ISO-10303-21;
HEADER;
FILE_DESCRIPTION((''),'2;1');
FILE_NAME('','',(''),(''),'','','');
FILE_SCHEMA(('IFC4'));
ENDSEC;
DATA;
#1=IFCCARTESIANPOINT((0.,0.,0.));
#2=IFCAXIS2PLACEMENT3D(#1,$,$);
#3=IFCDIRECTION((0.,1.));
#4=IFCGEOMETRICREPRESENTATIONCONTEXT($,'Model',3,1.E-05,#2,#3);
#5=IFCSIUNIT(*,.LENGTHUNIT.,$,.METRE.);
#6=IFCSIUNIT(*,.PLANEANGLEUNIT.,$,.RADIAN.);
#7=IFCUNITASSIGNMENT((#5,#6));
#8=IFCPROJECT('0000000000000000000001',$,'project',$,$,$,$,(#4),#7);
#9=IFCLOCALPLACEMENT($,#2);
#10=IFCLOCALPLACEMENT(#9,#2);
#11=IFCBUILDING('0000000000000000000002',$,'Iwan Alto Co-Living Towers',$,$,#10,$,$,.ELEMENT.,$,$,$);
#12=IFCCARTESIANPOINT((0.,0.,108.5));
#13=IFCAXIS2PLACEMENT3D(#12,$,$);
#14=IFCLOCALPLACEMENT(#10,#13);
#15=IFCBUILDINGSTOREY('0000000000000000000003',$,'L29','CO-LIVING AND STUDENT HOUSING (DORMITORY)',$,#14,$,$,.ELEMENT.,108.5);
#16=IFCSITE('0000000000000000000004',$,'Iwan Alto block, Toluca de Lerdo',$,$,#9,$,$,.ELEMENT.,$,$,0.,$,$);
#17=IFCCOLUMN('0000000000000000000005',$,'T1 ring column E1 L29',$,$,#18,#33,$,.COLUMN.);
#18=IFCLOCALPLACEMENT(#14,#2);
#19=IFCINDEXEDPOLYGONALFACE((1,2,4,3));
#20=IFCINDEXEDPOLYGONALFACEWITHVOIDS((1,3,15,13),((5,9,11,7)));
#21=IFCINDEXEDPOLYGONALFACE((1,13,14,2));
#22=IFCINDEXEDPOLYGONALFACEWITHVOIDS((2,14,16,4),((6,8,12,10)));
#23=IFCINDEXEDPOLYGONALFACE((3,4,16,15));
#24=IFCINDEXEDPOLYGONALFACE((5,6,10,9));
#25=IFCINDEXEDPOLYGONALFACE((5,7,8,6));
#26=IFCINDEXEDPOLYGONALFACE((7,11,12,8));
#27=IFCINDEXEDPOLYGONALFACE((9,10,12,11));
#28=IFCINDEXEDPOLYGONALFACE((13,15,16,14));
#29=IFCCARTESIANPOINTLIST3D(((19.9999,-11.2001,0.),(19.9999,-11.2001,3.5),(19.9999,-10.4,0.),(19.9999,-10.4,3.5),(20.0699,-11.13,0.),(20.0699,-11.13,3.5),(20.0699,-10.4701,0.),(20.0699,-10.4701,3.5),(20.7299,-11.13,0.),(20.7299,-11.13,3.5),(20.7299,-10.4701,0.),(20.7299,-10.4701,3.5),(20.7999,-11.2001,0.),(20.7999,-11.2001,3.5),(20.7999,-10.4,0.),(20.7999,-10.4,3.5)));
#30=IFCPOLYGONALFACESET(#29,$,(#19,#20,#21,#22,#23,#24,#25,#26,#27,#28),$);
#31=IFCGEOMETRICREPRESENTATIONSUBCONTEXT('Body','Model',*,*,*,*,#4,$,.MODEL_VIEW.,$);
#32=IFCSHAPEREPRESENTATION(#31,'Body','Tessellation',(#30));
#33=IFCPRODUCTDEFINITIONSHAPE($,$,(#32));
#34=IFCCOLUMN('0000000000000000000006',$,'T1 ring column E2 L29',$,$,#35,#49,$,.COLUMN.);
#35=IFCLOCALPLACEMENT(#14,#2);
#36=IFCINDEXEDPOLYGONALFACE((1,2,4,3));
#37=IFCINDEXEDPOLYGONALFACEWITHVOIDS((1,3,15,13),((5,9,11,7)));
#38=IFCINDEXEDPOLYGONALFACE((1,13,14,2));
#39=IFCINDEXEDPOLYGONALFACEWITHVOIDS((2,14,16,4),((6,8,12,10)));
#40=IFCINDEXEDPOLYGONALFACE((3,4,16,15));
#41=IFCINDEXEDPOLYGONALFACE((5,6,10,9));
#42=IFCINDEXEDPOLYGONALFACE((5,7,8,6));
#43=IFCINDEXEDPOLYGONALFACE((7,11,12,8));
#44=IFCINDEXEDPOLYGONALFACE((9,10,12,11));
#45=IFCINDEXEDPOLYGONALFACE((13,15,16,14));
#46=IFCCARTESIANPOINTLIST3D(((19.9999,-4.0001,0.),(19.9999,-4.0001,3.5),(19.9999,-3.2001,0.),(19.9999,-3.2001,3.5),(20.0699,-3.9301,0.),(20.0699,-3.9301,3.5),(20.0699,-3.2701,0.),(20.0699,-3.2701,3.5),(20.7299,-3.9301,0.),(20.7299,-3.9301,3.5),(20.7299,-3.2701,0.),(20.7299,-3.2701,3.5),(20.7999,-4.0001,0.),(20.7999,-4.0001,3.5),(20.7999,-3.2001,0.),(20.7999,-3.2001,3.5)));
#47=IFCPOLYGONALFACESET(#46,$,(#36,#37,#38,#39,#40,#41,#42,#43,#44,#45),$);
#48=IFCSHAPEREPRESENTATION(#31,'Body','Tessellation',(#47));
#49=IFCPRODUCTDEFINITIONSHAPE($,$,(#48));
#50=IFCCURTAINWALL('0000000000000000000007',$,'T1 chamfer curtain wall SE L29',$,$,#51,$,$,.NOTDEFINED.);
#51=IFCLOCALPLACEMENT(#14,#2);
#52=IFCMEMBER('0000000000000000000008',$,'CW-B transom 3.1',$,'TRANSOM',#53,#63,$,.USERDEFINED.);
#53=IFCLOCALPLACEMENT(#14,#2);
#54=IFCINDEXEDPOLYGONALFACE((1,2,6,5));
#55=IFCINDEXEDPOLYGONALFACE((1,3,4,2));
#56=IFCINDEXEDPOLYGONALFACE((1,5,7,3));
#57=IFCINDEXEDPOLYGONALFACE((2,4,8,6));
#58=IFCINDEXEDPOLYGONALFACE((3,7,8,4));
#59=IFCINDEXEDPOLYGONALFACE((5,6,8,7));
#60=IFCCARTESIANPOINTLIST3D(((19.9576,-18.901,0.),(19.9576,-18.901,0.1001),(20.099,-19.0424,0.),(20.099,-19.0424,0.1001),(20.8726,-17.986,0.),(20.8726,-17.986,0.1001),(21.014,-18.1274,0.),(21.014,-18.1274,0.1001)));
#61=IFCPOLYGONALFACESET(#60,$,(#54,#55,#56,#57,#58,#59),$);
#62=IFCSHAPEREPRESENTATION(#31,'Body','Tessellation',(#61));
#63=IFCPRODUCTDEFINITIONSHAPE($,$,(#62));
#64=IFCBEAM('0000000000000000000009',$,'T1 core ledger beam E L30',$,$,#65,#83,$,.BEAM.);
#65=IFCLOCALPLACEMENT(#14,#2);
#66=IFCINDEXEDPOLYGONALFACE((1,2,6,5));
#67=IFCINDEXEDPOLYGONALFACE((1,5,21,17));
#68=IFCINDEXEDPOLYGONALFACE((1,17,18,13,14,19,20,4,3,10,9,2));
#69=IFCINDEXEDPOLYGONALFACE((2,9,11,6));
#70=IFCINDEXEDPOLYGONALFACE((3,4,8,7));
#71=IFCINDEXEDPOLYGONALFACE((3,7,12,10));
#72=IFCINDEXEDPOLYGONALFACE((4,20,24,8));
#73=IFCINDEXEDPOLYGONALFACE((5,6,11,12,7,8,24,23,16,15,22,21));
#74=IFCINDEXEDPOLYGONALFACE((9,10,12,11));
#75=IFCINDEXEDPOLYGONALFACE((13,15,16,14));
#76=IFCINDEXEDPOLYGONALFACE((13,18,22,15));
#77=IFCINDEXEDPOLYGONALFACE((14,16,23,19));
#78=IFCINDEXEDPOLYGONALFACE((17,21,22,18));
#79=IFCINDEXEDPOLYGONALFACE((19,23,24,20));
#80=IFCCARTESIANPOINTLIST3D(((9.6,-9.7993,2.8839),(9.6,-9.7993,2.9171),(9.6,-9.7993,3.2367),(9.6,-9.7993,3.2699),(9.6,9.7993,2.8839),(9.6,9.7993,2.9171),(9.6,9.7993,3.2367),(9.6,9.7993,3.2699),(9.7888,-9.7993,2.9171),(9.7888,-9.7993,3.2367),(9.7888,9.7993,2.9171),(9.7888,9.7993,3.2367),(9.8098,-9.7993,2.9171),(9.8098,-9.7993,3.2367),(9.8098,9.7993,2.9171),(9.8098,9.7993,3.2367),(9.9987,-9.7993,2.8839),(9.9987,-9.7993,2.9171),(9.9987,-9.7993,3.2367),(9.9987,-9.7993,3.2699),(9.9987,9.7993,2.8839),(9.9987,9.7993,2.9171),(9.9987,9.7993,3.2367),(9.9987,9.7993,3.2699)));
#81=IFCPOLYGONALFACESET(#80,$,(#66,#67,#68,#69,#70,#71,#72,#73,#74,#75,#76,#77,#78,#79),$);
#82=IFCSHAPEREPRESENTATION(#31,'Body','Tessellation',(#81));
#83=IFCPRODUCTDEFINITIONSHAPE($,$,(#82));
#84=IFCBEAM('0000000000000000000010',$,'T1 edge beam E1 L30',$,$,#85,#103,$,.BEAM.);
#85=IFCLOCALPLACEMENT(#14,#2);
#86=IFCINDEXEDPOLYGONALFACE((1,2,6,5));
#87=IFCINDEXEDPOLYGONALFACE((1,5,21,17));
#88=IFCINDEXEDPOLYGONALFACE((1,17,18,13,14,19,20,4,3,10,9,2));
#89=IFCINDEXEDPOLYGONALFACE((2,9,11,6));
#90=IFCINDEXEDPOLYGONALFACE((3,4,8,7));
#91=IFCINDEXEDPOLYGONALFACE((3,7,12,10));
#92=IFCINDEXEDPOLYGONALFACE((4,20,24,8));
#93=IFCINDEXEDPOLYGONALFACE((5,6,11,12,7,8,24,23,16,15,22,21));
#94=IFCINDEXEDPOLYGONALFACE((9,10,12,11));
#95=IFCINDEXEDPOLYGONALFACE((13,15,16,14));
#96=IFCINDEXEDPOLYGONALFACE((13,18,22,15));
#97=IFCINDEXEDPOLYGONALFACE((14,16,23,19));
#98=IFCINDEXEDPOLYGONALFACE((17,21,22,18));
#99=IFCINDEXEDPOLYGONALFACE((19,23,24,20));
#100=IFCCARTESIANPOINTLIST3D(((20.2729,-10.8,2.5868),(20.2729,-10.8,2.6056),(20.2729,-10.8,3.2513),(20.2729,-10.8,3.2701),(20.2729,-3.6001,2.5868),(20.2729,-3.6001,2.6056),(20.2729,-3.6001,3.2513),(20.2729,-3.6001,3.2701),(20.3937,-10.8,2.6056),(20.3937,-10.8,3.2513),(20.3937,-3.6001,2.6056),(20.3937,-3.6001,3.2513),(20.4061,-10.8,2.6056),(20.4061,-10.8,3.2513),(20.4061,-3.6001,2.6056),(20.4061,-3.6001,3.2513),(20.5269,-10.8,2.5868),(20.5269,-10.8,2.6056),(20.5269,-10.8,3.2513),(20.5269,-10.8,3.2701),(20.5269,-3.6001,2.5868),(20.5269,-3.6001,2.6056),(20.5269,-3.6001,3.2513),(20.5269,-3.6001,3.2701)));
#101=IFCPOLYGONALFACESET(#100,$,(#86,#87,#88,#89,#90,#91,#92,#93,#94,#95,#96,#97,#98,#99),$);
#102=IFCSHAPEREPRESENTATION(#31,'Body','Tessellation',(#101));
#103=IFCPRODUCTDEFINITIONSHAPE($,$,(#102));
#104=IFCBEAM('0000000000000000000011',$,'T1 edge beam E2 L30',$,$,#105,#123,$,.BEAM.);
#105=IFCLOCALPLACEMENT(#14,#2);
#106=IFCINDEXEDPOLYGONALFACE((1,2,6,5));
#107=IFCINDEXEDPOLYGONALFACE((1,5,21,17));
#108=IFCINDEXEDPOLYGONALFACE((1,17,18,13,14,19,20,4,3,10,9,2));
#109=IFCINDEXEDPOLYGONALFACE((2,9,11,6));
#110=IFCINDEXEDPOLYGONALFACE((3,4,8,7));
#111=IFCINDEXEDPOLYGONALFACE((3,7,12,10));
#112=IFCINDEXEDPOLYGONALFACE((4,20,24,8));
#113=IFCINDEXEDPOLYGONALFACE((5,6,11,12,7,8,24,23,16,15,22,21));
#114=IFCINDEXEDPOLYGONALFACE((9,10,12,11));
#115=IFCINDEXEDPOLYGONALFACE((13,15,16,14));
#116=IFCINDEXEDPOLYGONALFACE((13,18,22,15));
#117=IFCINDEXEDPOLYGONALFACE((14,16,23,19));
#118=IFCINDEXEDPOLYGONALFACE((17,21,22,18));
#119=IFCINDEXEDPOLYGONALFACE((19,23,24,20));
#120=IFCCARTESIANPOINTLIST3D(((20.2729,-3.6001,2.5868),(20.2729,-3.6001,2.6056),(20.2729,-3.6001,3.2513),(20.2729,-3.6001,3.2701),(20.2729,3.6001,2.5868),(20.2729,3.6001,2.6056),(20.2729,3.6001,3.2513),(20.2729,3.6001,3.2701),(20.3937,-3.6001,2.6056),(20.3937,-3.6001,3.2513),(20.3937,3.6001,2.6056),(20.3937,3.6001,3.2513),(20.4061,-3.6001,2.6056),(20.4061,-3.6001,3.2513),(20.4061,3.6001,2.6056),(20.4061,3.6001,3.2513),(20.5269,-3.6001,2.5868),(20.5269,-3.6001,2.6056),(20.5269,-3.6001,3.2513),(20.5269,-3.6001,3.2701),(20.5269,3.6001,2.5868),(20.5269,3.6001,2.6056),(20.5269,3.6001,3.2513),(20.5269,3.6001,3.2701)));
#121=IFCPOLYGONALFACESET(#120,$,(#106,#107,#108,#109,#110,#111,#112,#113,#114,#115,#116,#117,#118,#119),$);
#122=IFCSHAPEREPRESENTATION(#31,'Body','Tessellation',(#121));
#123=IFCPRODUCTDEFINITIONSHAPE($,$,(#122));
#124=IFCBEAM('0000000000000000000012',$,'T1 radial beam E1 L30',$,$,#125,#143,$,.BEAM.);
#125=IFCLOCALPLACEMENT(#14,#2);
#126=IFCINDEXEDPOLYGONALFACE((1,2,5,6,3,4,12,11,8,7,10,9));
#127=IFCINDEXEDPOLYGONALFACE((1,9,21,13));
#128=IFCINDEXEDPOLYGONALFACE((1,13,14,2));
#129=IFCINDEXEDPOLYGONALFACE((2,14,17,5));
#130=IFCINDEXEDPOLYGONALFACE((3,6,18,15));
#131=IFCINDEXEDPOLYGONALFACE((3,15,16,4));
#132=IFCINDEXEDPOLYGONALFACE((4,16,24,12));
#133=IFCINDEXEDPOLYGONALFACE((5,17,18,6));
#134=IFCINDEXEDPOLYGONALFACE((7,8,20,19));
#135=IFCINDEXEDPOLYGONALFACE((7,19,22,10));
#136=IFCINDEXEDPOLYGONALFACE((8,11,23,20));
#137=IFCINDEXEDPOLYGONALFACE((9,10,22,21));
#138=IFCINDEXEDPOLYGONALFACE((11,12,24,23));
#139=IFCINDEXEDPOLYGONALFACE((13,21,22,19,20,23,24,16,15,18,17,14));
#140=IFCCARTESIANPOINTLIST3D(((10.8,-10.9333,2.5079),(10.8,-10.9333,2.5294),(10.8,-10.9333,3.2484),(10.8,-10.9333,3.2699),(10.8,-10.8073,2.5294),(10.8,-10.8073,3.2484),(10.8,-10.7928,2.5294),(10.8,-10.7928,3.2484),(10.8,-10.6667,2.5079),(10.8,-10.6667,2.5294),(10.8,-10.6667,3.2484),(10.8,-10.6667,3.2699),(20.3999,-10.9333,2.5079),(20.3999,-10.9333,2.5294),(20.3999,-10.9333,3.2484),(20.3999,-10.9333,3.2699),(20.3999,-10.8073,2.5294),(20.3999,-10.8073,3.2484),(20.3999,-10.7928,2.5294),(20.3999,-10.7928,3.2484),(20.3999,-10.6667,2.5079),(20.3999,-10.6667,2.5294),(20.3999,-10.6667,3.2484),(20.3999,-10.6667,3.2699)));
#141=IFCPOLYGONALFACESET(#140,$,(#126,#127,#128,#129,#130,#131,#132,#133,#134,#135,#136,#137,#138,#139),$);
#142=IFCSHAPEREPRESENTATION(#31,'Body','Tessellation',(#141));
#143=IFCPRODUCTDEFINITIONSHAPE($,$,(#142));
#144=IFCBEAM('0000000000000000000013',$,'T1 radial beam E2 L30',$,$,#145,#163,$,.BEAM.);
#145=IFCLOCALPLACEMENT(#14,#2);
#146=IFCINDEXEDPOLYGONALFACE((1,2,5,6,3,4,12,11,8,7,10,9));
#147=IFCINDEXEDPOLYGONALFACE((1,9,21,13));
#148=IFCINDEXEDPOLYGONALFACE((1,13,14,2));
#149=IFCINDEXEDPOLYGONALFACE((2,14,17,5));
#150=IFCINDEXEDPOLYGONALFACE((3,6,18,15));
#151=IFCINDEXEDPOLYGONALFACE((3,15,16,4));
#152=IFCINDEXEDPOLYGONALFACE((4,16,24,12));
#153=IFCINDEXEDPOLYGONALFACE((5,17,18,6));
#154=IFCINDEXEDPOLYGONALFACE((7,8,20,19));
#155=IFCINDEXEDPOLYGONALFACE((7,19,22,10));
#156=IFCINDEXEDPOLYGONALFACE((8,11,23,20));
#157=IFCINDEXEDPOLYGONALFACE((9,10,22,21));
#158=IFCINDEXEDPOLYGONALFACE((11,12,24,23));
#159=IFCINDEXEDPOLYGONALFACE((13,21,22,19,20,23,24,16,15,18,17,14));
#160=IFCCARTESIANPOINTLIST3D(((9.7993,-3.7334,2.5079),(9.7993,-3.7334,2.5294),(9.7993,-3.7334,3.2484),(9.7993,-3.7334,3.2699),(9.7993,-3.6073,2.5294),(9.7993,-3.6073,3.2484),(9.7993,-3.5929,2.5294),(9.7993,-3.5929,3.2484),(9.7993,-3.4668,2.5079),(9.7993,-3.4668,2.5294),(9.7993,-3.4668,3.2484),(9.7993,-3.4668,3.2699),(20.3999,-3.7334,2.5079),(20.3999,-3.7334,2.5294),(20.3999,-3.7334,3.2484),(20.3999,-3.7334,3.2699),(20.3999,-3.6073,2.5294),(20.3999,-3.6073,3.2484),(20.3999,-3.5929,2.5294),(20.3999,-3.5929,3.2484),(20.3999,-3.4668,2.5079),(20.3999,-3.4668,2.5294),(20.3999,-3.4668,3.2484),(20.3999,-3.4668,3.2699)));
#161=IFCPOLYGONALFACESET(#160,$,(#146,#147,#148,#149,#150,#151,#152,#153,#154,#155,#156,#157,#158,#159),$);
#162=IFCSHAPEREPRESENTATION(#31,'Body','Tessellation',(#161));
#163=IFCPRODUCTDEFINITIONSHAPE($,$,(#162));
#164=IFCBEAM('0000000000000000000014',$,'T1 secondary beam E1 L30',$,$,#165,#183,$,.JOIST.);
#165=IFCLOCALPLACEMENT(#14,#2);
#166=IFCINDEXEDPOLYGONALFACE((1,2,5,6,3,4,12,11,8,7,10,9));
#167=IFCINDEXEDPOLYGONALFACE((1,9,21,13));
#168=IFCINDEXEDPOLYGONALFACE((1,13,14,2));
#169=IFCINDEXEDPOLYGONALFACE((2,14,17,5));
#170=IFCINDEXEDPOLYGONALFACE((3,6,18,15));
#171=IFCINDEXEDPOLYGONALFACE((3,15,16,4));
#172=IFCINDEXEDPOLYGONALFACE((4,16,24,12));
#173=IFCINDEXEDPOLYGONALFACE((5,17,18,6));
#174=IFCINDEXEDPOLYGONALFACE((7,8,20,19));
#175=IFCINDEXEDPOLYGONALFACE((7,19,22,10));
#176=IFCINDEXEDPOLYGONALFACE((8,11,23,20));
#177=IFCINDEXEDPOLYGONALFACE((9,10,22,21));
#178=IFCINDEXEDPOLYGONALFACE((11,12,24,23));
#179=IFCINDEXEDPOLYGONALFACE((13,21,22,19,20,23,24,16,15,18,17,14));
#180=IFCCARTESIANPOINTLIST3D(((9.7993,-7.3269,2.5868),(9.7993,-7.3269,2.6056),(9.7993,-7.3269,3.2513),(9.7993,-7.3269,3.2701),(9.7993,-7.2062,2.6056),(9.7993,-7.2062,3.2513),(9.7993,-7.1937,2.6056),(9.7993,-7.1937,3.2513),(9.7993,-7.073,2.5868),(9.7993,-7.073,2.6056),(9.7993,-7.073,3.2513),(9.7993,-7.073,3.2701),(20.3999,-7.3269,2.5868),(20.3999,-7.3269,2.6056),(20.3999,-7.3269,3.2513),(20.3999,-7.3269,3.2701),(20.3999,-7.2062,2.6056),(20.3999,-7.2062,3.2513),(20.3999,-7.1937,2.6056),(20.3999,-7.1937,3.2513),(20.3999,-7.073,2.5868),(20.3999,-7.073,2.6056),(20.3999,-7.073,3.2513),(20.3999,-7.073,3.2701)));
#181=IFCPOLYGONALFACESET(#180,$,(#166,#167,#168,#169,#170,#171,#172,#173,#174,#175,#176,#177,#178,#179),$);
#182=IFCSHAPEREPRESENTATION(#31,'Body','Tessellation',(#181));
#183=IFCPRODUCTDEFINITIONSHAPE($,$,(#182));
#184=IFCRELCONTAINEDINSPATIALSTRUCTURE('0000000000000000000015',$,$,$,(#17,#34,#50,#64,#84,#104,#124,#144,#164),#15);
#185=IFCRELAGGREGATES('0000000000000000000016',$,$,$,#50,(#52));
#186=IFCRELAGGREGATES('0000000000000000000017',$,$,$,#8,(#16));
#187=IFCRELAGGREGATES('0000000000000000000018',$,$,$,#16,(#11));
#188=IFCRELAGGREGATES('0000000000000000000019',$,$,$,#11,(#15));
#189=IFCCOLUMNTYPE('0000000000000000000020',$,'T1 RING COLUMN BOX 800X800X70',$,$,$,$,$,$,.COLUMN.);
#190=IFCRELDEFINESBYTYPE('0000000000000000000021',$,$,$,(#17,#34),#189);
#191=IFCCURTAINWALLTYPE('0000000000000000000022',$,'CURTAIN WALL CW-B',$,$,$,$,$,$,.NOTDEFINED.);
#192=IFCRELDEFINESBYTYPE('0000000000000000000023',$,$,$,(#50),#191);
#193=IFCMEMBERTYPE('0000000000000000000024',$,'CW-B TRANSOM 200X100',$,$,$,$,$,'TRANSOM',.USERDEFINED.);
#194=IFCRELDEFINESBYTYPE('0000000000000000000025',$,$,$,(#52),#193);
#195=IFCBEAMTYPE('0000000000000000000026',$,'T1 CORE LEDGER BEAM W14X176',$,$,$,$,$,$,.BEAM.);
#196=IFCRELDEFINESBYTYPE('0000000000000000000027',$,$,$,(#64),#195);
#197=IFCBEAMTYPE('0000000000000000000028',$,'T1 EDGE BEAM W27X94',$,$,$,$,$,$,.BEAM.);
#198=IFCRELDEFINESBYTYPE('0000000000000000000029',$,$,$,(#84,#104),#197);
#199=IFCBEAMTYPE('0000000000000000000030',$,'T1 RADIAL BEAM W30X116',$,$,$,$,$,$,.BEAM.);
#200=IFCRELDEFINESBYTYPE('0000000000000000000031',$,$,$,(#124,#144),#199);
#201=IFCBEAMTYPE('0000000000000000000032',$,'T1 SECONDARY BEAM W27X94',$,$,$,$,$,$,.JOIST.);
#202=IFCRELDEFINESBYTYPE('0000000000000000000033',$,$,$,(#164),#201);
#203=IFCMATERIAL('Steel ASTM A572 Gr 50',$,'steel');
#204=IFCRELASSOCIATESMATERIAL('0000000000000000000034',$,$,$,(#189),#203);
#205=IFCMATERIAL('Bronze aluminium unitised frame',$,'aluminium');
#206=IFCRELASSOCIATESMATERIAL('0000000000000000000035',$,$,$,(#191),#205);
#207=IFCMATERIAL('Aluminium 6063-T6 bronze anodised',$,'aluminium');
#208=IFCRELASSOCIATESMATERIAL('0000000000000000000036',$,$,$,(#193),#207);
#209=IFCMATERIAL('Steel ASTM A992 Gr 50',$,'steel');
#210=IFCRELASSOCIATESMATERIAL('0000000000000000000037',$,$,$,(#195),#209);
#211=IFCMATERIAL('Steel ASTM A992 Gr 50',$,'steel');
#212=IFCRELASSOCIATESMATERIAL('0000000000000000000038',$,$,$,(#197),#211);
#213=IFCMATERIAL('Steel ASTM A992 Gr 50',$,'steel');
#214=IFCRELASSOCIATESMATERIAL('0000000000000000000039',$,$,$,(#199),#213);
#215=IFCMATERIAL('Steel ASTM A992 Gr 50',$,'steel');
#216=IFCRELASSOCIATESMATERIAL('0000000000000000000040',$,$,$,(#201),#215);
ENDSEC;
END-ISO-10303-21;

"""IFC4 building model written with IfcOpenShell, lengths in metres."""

from ifc_helpers import new_model, si_unit, direction, frame, origin, origin_2d, place, context, subcontext, project, spatial, rectangle, hollow_rectangle, i_section, extrude, material, material_profile, profile_set, type_object, element, aggregate, save


model = new_model("IFC4")

# Units and contexts
model_context = context("Model", 3, precision=1e-05, world=origin(), true_north=direction((0.0, 1.0)))
body_context = subcontext(model_context, "Body", "Model", "MODEL_VIEW")
ifc_project = project(units=[si_unit("LENGTHUNIT", "METRE"), si_unit("PLANEANGLEUNIT", "RADIAN")], contexts=[model_context])

# Site, building, storey
site_placement = place(None, origin())
site = spatial("IfcSite", under=ifc_project, at=site_placement, Name="Iwan Alto block, Toluca de Lerdo", CompositionType="ELEMENT", RefElevation=0.0)
building_placement = place(site_placement, origin())
building = spatial("IfcBuilding", under=site, at=building_placement, Name="Iwan Alto Co-Living Towers", CompositionType="ELEMENT")
storey_placement = place(building_placement, frame((0.0, 0.0, 108.5)))
storey = spatial("IfcBuildingStorey", under=building, at=storey_placement, Name="L29", Description="CO-LIVING AND STUDENT HOUSING (DORMITORY)", CompositionType="ELEMENT", Elevation=108.5)

# Columns
ifc_material_1 = material(Name="Steel ASTM A572 Gr 50", Category="steel")
ifc_material_profile_1 = material_profile(ifc_material_1, hollow_rectangle(XDim=0.8, YDim=0.8, WallThickness=0.0701, at=origin_2d()), Name="BOX 800X800X70")
ifc_profile_set_1 = profile_set([ifc_material_profile_1], Name="Steel ASTM A572 Gr 50")
column_type = type_object("IfcColumnType", Name="T1 RING COLUMN BOX 800X800X70", PredefinedType="COLUMN", material=ifc_profile_set_1)
for number, where, z_axis, x_axis, name in (
    (1, (20.3999, -10.8, 0.0), (0.0, 0.0, 1.0), (1.0, 0.0, 0.0), "T1 ring column E1 L29"),
    (2, (20.3999, -3.6001, 0.0), (0.0, 0.0, 1.0), (1.0, 0.0, 0.0), "T1 ring column E2 L29"),
):
    element("IfcColumn", number, at=place(storey_placement, frame(where, z_axis=z_axis, x_axis=x_axis)), inside=storey, type_object=column_type, Name=name, PredefinedType="COLUMN", context=body_context, shape_type="SweptSolid", body=[
        extrude(hollow_rectangle(XDim=0.8, YDim=0.8, WallThickness=0.0701, at=origin_2d()), origin(), (0.0, 0.0, 1.0), 3.5),
    ])

# Curtain wall, member
ifc_material_2 = material(Name="Bronze aluminium unitised frame", Category="aluminium")
curtain_wall_type = type_object("IfcCurtainWallType", Name="CURTAIN WALL CW-B", PredefinedType="NOTDEFINED", material=ifc_material_2)
curtain_wall_placement = place(storey_placement, origin())
curtain_wall = element("IfcCurtainWall", 3, at=curtain_wall_placement, inside=storey, type_object=curtain_wall_type, Name="T1 chamfer curtain wall SE L29", PredefinedType="NOTDEFINED")
ifc_material_3 = material(Name="Aluminium 6063-T6 bronze anodised", Category="aluminium")
ifc_material_profile_2 = material_profile(ifc_material_3, rectangle(XDim=0.2, YDim=0.1001, at=origin_2d()), Name="AL 200X100")
ifc_profile_set_2 = profile_set([ifc_material_profile_2], Name="Aluminium 6063-T6 bronze anodised")
member_type = type_object("IfcMemberType", Name="CW-B TRANSOM 200X100", ElementType="TRANSOM", PredefinedType="USERDEFINED", material=ifc_profile_set_2)
member_placement = place(storey_placement, frame((20.0283, -18.9717, 0.05), z_axis=(0.707107, 0.707107, 0.0), x_axis=(-0.707107, 0.707107, 0.0)))
member = element("IfcMember", 4, at=member_placement, type_object=member_type, Name="CW-B transom 3.1", ObjectType="TRANSOM", PredefinedType="USERDEFINED", context=body_context, shape_type="SweptSolid", body=[
    extrude(rectangle(XDim=0.2, YDim=0.1001, at=origin_2d()), origin(), (0.0, 0.0, 1.0), 1.2939),
])
aggregate(curtain_wall, [member])

# Beams
ifc_material_4 = material(Name="Steel ASTM A992 Gr 50", Category="steel")
ifc_material_profile_3 = material_profile(ifc_material_4, i_section(OverallWidth=0.3987, OverallDepth=0.386, WebThickness=0.021, FlangeThickness=0.0332, at=origin_2d()), Name="W14X176")
ifc_profile_set_3 = profile_set([ifc_material_profile_3], Name="Steel ASTM A992 Gr 50")
beam_type_1 = type_object("IfcBeamType", Name="T1 CORE LEDGER BEAM W14X176", PredefinedType="BEAM", material=ifc_profile_set_3)
beam_1_placement = place(storey_placement, frame((9.7993, -9.7993, 3.0769), z_axis=(0.0, 1.0, 0.0), x_axis=(-1.0, 0.0, 0.0)))
element("IfcBeam", 5, at=beam_1_placement, inside=storey, type_object=beam_type_1, Name="T1 core ledger beam E L30", PredefinedType="BEAM", context=body_context, shape_type="SweptSolid", body=[
    extrude(i_section(OverallWidth=0.3987, OverallDepth=0.386, WebThickness=0.021, FlangeThickness=0.0332, at=origin_2d()), origin(), (0.0, 0.0, 1.0), 19.5986),
])
ifc_material_5 = material(Name="Steel ASTM A992 Gr 50", Category="steel")
ifc_material_profile_4 = material_profile(ifc_material_5, i_section(OverallWidth=0.2539, OverallDepth=0.6833, WebThickness=0.0125, FlangeThickness=0.0188, at=origin_2d()), Name="W27X94")
ifc_profile_set_4 = profile_set([ifc_material_profile_4], Name="Steel ASTM A992 Gr 50")
beam_type_2 = type_object("IfcBeamType", Name="T1 EDGE BEAM W27X94", PredefinedType="BEAM", material=ifc_profile_set_4)
beam_2_placement = place(storey_placement, frame((20.3999, -10.8, 2.9285), z_axis=(0.0, 1.0, 0.0), x_axis=(-1.0, 0.0, 0.0)))
element("IfcBeam", 6, at=beam_2_placement, inside=storey, type_object=beam_type_2, Name="T1 edge beam E1 L30", PredefinedType="BEAM", context=body_context, shape_type="SweptSolid", body=[
    extrude(i_section(OverallWidth=0.2539, OverallDepth=0.6833, WebThickness=0.0125, FlangeThickness=0.0188, at=origin_2d()), origin(), (0.0, 0.0, 1.0), 7.2),
])
beam_3_placement = place(storey_placement, frame((20.3999, -3.6001, 2.9285), z_axis=(0.0, 1.0, 0.0), x_axis=(-1.0, 0.0, 0.0)))
element("IfcBeam", 7, at=beam_3_placement, inside=storey, type_object=beam_type_2, Name="T1 edge beam E2 L30", PredefinedType="BEAM", context=body_context, shape_type="SweptSolid", body=[
    extrude(i_section(OverallWidth=0.2539, OverallDepth=0.6833, WebThickness=0.0125, FlangeThickness=0.0188, at=origin_2d()), origin(), (0.0, 0.0, 1.0), 7.2002),
])
ifc_material_6 = material(Name="Steel ASTM A992 Gr 50", Category="steel")
ifc_material_profile_5 = material_profile(ifc_material_6, i_section(OverallWidth=0.2666, OverallDepth=0.762, WebThickness=0.0144, FlangeThickness=0.0215, at=origin_2d()), Name="W30X116")
ifc_profile_set_5 = profile_set([ifc_material_profile_5], Name="Steel ASTM A992 Gr 50")
beam_type_3 = type_object("IfcBeamType", Name="T1 RADIAL BEAM W30X116", PredefinedType="BEAM", material=ifc_profile_set_5)
beam_4_placement = place(storey_placement, frame((20.3999, -10.8, 2.8889), z_axis=(-1.0, 0.0, 0.0), x_axis=(0.0, -1.0, 0.0)))
element("IfcBeam", 8, at=beam_4_placement, inside=storey, type_object=beam_type_3, Name="T1 radial beam E1 L30", PredefinedType="BEAM", context=body_context, shape_type="SweptSolid", body=[
    extrude(i_section(OverallWidth=0.2666, OverallDepth=0.762, WebThickness=0.0144, FlangeThickness=0.0215, at=origin_2d()), origin(), (0.0, 0.0, 1.0), 9.5999),
])
beam_5_placement = place(storey_placement, frame((20.3999, -3.6001, 2.8889), z_axis=(-1.0, 0.0, 0.0), x_axis=(0.0, -1.0, 0.0)))
element("IfcBeam", 9, at=beam_5_placement, inside=storey, type_object=beam_type_3, Name="T1 radial beam E2 L30", PredefinedType="BEAM", context=body_context, shape_type="SweptSolid", body=[
    extrude(i_section(OverallWidth=0.2666, OverallDepth=0.762, WebThickness=0.0144, FlangeThickness=0.0215, at=origin_2d()), origin(), (0.0, 0.0, 1.0), 10.6006),
])
ifc_material_7 = material(Name="Steel ASTM A992 Gr 50", Category="steel")
ifc_material_profile_6 = material_profile(ifc_material_7, i_section(OverallWidth=0.2539, OverallDepth=0.6833, WebThickness=0.0125, FlangeThickness=0.0188, at=origin_2d()), Name="W27X94")
ifc_profile_set_6 = profile_set([ifc_material_profile_6], Name="Steel ASTM A992 Gr 50")
beam_type_4 = type_object("IfcBeamType", Name="T1 SECONDARY BEAM W27X94", PredefinedType="JOIST", material=ifc_profile_set_6)
beam_6_placement = place(storey_placement, frame((20.3999, -7.2, 2.9285), z_axis=(-1.0, 0.0, 0.0), x_axis=(0.0, -1.0, 0.0)))
element("IfcBeam", 10, at=beam_6_placement, inside=storey, type_object=beam_type_4, Name="T1 secondary beam E1 L30", PredefinedType="JOIST", context=body_context, shape_type="SweptSolid", body=[
    extrude(i_section(OverallWidth=0.2539, OverallDepth=0.6833, WebThickness=0.0125, FlangeThickness=0.0188, at=origin_2d()), origin(), (0.0, 0.0, 1.0), 10.6006),
])

save(model, "model.ifc")
